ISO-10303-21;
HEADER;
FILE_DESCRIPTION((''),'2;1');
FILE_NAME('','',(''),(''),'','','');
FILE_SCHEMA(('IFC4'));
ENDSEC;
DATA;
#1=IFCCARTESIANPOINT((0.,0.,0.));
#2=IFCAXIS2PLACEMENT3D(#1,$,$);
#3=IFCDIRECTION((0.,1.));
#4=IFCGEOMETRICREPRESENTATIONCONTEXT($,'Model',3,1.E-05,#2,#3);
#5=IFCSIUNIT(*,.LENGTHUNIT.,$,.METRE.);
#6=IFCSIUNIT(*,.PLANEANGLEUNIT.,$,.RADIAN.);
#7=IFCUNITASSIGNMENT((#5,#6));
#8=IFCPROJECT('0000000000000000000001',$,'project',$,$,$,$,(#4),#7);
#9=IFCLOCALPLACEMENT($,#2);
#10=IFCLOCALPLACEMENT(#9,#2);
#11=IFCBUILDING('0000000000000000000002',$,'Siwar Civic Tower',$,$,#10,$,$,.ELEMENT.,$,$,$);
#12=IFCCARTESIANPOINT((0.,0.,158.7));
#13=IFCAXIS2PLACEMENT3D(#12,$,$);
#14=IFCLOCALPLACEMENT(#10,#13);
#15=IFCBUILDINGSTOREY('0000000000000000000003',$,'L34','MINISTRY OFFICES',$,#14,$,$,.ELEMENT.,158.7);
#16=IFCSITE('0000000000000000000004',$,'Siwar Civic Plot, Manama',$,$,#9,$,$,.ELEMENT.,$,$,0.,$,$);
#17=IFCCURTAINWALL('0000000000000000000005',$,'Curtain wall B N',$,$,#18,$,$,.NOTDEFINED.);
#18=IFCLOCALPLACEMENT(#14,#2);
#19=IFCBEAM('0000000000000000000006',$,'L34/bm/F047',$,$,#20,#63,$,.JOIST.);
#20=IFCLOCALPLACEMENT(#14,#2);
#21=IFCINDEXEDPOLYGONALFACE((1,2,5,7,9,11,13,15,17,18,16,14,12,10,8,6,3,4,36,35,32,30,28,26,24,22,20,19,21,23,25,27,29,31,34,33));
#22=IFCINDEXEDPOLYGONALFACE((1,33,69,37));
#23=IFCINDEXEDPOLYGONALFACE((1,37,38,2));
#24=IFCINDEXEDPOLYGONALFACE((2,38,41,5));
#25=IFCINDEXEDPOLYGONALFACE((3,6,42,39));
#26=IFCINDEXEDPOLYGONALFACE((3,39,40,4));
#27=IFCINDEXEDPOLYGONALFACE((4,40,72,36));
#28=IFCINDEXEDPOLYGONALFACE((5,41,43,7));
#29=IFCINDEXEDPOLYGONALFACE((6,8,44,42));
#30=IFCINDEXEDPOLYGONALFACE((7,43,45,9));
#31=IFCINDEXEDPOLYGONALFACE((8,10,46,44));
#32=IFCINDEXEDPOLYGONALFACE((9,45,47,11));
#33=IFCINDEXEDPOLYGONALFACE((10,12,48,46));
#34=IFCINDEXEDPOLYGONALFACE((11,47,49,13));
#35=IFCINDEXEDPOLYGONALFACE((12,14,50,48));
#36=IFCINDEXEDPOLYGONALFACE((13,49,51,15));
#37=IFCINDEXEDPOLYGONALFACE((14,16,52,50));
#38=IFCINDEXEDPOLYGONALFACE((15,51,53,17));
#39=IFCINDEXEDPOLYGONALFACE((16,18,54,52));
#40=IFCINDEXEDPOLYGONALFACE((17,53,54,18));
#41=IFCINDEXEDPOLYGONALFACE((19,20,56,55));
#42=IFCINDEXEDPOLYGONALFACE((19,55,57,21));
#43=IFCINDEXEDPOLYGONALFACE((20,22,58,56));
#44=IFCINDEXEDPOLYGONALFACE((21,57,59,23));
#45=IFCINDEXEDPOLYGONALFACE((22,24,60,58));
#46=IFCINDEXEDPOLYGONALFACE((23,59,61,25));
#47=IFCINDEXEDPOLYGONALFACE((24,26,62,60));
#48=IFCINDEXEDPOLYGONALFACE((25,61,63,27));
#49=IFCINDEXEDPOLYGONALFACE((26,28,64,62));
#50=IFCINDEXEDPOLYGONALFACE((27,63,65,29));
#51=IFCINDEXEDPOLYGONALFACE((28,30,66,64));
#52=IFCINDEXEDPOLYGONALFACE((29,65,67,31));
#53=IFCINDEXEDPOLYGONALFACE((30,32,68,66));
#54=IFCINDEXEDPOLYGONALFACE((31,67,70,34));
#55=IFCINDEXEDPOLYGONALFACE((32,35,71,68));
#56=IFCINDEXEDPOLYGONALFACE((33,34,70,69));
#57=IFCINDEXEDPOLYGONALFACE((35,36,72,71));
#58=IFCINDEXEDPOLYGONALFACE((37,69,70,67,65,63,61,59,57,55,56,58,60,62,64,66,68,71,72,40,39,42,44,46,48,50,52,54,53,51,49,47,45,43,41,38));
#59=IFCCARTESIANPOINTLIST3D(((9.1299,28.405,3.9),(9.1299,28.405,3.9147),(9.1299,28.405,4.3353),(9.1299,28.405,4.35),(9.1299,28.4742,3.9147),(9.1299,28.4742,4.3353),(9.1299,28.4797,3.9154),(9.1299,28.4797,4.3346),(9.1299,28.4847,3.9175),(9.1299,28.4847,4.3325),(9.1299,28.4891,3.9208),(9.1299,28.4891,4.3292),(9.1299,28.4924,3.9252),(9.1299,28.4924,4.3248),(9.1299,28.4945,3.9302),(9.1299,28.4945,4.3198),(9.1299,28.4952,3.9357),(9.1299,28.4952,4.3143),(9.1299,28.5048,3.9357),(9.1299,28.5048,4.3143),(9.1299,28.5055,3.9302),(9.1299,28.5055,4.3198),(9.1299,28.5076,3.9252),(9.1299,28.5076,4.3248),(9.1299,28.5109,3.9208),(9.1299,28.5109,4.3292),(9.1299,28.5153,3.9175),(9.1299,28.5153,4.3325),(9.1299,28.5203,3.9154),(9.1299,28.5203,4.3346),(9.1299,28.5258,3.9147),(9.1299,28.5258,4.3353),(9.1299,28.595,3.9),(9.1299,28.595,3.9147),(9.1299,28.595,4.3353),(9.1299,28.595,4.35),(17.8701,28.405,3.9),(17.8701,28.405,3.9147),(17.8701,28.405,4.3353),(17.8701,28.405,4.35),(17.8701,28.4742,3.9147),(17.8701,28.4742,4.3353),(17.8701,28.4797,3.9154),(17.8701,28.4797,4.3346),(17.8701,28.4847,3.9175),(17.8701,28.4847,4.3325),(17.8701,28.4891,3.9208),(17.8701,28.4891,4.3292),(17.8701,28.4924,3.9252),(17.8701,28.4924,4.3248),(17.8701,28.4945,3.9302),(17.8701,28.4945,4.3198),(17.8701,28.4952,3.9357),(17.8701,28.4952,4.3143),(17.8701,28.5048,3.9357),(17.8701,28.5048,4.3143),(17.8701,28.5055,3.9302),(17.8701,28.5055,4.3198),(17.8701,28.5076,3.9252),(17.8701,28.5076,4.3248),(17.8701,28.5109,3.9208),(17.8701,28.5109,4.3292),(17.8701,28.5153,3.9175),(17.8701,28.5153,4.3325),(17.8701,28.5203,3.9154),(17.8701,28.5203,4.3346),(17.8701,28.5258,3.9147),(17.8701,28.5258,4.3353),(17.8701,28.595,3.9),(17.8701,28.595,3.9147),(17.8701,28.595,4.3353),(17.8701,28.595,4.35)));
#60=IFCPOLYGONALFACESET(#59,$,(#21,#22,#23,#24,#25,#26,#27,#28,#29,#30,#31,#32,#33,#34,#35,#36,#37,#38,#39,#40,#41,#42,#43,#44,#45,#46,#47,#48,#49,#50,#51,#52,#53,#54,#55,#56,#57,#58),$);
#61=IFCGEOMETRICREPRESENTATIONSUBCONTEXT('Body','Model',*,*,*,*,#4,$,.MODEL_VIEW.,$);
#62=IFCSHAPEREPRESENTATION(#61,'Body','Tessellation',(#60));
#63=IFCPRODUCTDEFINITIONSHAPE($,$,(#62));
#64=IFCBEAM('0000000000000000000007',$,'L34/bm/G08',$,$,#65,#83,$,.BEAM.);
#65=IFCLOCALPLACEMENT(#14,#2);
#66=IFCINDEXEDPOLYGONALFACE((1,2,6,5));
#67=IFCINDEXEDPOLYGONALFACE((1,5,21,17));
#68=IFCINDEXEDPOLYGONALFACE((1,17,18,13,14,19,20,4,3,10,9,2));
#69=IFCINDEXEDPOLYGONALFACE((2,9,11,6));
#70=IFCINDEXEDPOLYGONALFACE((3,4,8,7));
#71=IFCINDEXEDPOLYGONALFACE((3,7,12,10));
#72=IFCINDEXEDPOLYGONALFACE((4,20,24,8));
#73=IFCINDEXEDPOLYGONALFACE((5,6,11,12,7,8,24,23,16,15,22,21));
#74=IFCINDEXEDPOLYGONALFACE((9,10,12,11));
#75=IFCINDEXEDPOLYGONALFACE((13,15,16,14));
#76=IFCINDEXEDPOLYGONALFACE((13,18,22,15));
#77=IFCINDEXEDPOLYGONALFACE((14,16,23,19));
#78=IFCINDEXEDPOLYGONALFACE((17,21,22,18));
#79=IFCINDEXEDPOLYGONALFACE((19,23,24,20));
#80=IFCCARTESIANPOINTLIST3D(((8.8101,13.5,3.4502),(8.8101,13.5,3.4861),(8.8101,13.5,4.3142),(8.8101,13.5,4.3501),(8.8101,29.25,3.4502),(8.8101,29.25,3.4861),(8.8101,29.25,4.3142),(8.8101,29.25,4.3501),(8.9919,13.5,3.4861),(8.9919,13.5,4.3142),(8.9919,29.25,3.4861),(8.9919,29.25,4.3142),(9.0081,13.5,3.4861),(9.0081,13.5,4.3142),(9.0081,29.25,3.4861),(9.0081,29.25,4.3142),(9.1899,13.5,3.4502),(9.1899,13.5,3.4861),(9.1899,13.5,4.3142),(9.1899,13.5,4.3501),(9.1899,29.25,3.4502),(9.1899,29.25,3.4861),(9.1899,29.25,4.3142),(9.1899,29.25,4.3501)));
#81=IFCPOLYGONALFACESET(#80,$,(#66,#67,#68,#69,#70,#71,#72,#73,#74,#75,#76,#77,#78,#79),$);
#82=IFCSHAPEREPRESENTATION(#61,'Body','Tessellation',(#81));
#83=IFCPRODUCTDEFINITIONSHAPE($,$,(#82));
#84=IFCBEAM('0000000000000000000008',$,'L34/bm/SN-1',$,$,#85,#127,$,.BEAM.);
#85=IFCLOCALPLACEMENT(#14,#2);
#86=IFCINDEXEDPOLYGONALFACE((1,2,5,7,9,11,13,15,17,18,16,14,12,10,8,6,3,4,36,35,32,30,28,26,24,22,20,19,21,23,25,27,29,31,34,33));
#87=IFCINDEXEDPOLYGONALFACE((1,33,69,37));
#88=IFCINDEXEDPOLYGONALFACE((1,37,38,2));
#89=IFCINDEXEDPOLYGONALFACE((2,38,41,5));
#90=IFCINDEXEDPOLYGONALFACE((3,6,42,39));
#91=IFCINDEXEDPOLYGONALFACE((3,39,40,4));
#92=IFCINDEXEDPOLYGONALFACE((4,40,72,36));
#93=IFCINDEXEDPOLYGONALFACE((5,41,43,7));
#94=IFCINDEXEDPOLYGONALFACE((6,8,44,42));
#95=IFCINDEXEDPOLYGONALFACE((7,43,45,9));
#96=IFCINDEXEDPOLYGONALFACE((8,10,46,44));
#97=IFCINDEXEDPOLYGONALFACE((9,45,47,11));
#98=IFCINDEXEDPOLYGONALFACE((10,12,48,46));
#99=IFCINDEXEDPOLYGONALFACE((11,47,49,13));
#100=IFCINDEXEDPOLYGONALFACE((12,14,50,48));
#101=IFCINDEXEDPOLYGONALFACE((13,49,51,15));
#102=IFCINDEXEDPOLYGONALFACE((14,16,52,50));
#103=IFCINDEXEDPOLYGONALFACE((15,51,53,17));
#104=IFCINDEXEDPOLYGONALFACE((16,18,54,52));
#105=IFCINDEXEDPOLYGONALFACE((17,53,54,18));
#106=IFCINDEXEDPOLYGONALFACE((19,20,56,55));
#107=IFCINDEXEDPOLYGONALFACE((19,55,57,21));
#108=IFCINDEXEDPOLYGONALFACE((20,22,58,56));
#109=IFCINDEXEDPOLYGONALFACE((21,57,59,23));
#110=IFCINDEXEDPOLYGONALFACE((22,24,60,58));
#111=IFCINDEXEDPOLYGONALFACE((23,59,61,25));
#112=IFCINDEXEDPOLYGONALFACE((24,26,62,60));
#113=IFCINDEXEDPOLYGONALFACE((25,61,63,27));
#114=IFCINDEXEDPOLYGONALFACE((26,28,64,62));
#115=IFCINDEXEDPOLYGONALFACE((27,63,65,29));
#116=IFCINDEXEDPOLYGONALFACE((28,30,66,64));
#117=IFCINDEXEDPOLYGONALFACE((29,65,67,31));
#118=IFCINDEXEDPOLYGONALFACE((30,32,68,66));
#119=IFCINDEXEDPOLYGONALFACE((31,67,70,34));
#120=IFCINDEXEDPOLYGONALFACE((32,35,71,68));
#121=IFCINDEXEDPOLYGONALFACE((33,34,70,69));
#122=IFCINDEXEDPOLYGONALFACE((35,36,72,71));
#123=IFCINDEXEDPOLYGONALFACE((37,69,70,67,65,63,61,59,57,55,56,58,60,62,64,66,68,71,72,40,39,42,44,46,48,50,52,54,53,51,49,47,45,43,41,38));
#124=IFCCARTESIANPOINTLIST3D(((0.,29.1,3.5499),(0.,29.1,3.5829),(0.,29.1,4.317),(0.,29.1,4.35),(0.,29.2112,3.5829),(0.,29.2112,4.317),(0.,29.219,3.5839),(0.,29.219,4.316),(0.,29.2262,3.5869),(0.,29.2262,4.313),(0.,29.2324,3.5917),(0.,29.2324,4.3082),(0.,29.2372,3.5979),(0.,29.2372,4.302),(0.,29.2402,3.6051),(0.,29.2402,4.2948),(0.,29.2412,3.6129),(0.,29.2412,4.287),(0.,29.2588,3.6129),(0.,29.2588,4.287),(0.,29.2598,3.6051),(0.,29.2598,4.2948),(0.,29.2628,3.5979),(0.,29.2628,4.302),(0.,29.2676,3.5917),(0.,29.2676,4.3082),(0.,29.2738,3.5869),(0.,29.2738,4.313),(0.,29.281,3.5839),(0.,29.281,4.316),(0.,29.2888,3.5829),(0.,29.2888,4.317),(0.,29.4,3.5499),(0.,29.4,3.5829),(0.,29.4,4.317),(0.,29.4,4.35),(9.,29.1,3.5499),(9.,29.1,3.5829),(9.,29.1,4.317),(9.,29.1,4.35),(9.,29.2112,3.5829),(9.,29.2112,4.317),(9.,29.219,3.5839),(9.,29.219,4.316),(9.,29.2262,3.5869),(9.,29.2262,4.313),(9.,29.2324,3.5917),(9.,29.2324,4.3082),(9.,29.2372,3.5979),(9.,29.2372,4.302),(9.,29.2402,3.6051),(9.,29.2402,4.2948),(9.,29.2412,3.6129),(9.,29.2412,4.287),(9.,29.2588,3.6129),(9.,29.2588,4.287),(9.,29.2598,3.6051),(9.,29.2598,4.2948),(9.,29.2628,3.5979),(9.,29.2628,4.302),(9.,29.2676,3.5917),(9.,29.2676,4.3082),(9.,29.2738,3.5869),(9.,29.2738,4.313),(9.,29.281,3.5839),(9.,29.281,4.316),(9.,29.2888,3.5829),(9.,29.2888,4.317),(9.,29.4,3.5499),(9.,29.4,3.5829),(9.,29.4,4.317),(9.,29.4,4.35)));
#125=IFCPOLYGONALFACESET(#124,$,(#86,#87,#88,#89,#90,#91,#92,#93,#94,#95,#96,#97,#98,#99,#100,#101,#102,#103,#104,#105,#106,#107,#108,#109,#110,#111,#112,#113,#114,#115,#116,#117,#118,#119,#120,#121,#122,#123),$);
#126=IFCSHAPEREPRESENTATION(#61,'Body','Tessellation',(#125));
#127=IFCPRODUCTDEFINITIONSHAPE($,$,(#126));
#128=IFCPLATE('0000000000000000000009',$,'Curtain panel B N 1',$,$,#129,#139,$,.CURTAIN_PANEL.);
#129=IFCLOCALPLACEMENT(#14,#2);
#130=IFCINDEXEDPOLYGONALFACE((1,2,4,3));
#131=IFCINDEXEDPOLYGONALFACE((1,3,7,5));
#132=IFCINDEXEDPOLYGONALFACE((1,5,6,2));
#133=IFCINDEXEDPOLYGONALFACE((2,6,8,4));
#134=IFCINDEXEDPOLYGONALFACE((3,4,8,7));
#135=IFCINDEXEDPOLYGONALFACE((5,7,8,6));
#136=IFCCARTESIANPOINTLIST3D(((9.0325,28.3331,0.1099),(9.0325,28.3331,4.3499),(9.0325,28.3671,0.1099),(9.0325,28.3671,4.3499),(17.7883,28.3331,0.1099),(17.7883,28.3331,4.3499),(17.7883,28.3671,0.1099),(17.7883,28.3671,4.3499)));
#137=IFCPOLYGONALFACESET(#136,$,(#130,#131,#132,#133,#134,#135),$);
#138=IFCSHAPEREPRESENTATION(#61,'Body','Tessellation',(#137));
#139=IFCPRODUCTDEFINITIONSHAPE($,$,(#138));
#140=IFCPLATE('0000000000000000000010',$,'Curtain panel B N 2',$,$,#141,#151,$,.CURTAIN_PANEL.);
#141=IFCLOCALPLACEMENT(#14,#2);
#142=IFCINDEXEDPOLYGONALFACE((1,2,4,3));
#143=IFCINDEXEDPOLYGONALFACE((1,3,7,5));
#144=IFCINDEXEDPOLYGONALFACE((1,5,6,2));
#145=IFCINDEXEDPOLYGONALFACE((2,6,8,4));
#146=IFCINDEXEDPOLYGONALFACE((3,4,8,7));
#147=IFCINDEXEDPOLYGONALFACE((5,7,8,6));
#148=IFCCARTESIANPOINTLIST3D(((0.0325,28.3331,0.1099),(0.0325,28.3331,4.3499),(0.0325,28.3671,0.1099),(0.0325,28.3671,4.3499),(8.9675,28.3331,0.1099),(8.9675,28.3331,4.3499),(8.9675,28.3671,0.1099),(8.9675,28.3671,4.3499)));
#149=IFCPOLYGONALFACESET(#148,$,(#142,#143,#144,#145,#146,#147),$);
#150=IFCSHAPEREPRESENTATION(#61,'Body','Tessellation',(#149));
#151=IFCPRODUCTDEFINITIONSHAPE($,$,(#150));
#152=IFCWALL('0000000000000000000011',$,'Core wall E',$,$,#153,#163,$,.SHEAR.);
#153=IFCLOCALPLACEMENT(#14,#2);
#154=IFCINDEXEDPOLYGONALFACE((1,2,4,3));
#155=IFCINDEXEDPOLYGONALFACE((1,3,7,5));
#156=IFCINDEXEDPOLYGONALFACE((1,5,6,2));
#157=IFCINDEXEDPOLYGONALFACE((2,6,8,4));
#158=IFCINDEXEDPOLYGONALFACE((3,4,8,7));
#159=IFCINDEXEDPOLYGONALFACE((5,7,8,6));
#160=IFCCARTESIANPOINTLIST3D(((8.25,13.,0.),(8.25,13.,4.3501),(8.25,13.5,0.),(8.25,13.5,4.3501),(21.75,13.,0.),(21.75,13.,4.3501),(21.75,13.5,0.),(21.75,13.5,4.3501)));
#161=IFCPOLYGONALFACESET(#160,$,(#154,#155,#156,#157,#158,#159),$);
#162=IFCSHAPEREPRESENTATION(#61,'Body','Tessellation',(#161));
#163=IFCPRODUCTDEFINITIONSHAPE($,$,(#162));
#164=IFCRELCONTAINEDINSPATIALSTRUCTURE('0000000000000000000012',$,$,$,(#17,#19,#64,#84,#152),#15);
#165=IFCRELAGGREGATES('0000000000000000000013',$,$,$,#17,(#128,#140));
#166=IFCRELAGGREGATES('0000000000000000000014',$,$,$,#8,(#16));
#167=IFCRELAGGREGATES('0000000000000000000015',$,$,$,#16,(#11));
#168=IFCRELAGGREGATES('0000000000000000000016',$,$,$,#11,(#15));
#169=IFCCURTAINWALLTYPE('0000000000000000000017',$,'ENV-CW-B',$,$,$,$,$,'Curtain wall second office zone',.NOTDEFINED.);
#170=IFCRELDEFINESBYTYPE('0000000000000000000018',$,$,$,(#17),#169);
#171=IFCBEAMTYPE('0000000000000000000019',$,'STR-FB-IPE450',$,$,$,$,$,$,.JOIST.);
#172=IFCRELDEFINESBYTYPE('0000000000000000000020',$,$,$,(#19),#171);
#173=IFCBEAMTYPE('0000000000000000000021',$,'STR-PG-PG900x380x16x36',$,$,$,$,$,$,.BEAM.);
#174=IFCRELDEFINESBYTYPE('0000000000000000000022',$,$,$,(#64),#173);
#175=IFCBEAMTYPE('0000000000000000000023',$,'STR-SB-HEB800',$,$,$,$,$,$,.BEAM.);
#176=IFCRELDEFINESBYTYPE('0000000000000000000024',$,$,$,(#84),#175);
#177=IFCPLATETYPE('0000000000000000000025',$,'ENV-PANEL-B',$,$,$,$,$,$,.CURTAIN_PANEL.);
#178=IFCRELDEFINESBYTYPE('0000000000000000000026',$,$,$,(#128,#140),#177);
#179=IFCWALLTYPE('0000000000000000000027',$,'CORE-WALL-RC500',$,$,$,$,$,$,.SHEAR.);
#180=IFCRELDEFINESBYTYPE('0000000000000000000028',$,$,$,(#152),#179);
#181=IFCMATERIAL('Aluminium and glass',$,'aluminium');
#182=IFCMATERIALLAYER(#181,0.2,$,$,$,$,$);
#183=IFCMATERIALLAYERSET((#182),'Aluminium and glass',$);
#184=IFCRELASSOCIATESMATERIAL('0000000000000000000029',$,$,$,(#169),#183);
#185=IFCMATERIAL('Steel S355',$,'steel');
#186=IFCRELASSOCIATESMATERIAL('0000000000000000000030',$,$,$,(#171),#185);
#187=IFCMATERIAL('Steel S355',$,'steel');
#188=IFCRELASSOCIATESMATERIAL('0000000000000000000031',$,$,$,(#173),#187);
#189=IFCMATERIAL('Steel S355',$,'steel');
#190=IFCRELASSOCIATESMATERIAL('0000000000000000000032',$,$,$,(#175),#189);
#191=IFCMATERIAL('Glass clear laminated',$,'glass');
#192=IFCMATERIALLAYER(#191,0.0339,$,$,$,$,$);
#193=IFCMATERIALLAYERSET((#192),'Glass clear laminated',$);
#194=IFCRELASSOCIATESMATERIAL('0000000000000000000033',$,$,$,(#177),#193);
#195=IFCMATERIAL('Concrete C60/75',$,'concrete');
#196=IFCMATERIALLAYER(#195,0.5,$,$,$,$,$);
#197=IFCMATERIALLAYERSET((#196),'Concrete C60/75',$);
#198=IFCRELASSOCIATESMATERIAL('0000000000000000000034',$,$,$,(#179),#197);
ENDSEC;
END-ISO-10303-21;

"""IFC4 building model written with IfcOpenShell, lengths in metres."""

from ifc_helpers import new_model, si_unit, direction, frame, frame_2d, origin, origin_2d, place, context, subcontext, project, spatial, rectangle, i_section, extrude, material, layer, layer_set, material_profile, profile_set, type_object, element, aggregate, save


model = new_model("IFC4")

# Units and contexts
model_context = context("Model", 3, precision=1e-05, world=origin(), true_north=direction((0.0, 1.0)))
body_context = subcontext(model_context, "Body", "Model", "MODEL_VIEW")
ifc_project = project(units=[si_unit("LENGTHUNIT", "METRE"), si_unit("PLANEANGLEUNIT", "RADIAN")], contexts=[model_context])

# Site, building, storey
site_placement = place(None, origin())
site = spatial("IfcSite", under=ifc_project, at=site_placement, Name="Siwar Civic Plot, Manama", CompositionType="ELEMENT", RefElevation=0.0)
building_placement = place(site_placement, origin())
building = spatial("IfcBuilding", under=site, at=building_placement, Name="Siwar Civic Tower", CompositionType="ELEMENT")
storey_placement = place(building_placement, frame((0.0, 0.0, 158.7)))
storey = spatial("IfcBuildingStorey", under=building, at=storey_placement, Name="L34", Description="MINISTRY OFFICES", CompositionType="ELEMENT", Elevation=158.7)

# Curtain wall
ifc_material_1 = material(Name="Aluminium and glass", Category="aluminium")
ifc_layer_1 = layer(ifc_material_1, 0.2)
ifc_layer_set_1 = layer_set([ifc_layer_1], Name="Aluminium and glass")
curtain_wall_type = type_object("IfcCurtainWallType", Name="ENV-CW-B", ElementType="Curtain wall second office zone", PredefinedType="NOTDEFINED", material=ifc_layer_set_1)
curtain_wall_placement = place(storey_placement, origin())
curtain_wall = element("IfcCurtainWall", 1, at=curtain_wall_placement, inside=storey, type_object=curtain_wall_type, Name="Curtain wall B N", PredefinedType="NOTDEFINED")

# Beams
ifc_material_2 = material(Name="Steel S355", Category="steel")
ifc_material_profile_1 = material_profile(ifc_material_2, i_section(OverallWidth=0.1899, OverallDepth=0.45, WebThickness=0.0095, FlangeThickness=0.0146, FilletRadius=0.021, at=origin_2d()), Name="IPE450")
ifc_profile_set_1 = profile_set([ifc_material_profile_1], Name="Steel S355")
beam_type_1 = type_object("IfcBeamType", Name="STR-FB-IPE450", PredefinedType="JOIST", material=ifc_profile_set_1)
for number, where, z_axis, x_axis, name in (
    (2, (9.1299, 28.5, 4.125), (1.0, 0.0, 0.0), (0.0, 1.0, 0.0), "L34/bm/F047"),
):
    element("IfcBeam", number, at=place(storey_placement, frame(where, z_axis=z_axis, x_axis=x_axis)), inside=storey, type_object=beam_type_1, Name=name, PredefinedType="JOIST", context=body_context, shape_type="SweptSolid", body=[
        extrude(i_section(OverallWidth=0.1899, OverallDepth=0.45, WebThickness=0.0095, FlangeThickness=0.0146, FilletRadius=0.021, at=origin_2d()), origin(), (0.0, 0.0, 1.0), 8.7402),
    ])
ifc_material_3 = material(Name="Steel S355", Category="steel")
ifc_material_profile_2 = material_profile(ifc_material_3, i_section(OverallWidth=0.3799, OverallDepth=0.8999, WebThickness=0.0161, FlangeThickness=0.0359, at=origin_2d()), Name="PG900x380x16x36")
ifc_profile_set_2 = profile_set([ifc_material_profile_2], Name="Steel S355")
beam_type_2 = type_object("IfcBeamType", Name="STR-PG-PG900x380x16x36", PredefinedType="BEAM", material=ifc_profile_set_2)
beam_1_placement = place(storey_placement, frame((9.0, 13.5, 3.9001), z_axis=(0.0, 1.0, 0.0), x_axis=(-1.0, 0.0, 0.0)))
element("IfcBeam", 3, at=beam_1_placement, inside=storey, type_object=beam_type_2, Name="L34/bm/G08", PredefinedType="BEAM", context=body_context, shape_type="SweptSolid", body=[
    extrude(i_section(OverallWidth=0.3799, OverallDepth=0.8999, WebThickness=0.0161, FlangeThickness=0.0359, at=origin_2d()), origin(), (0.0, 0.0, 1.0), 15.75),
])
ifc_material_4 = material(Name="Steel S355", Category="steel")
ifc_material_profile_3 = material_profile(ifc_material_4, i_section(OverallWidth=0.3, OverallDepth=0.8, WebThickness=0.0176, FlangeThickness=0.033, FilletRadius=0.03, at=origin_2d()), Name="HEB800")
ifc_profile_set_3 = profile_set([ifc_material_profile_3], Name="Steel S355")
beam_type_3 = type_object("IfcBeamType", Name="STR-SB-HEB800", PredefinedType="BEAM", material=ifc_profile_set_3)
beam_2_placement = place(storey_placement, frame((9.0, 29.25, 3.95), z_axis=(-1.0, 0.0, 0.0), x_axis=(0.0, -1.0, 0.0)))
element("IfcBeam", 4, at=beam_2_placement, inside=storey, type_object=beam_type_3, Name="L34/bm/SN-1", PredefinedType="BEAM", context=body_context, shape_type="SweptSolid", body=[
    extrude(i_section(OverallWidth=0.3, OverallDepth=0.8, WebThickness=0.0176, FlangeThickness=0.033, FilletRadius=0.03, at=origin_2d()), origin(), (0.0, 0.0, 1.0), 9.0),
])

# Plates
ifc_material_5 = material(Name="Glass clear laminated", Category="glass")
ifc_layer_2 = layer(ifc_material_5, 0.0339)
ifc_layer_set_2 = layer_set([ifc_layer_2], Name="Glass clear laminated")
plate_type = type_object("IfcPlateType", Name="ENV-PANEL-B", PredefinedType="CURTAIN_PANEL", material=ifc_layer_set_2)
plate_1_placement = place(storey_placement, frame((13.4104, 28.3501, 0.1099), z_axis=(0.0, 0.0, 1.0), x_axis=(-1.0, 0.0, 0.0)))
plate_1 = element("IfcPlate", 5, at=plate_1_placement, type_object=plate_type, Name="Curtain panel B N 1", PredefinedType="CURTAIN_PANEL", context=body_context, shape_type="SweptSolid", body=[
    extrude(rectangle(XDim=8.7559, YDim=0.0339, at=origin_2d()), origin(), (0.0, 0.0, 1.0), 4.24),
])
plate_2_placement = place(storey_placement, frame((4.5, 28.3501, 0.1099), z_axis=(0.0, 0.0, 1.0), x_axis=(-1.0, 0.0, 0.0)))
plate_2 = element("IfcPlate", 6, at=plate_2_placement, type_object=plate_type, Name="Curtain panel B N 2", PredefinedType="CURTAIN_PANEL", context=body_context, shape_type="SweptSolid", body=[
    extrude(rectangle(XDim=8.9351, YDim=0.0339, at=origin_2d()), origin(), (0.0, 0.0, 1.0), 4.24),
])
aggregate(curtain_wall, [plate_1, plate_2])

# Wall
ifc_material_6 = material(Name="Concrete C60/75", Category="concrete")
ifc_layer_3 = layer(ifc_material_6, 0.5)
ifc_layer_set_3 = layer_set([ifc_layer_3], Name="Concrete C60/75")
wall_type_1 = type_object("IfcWallType", Name="CORE-WALL-RC500", PredefinedType="SHEAR", material=ifc_layer_set_3)
wall_1_placement = place(storey_placement, frame((8.25, 13.25, 0.0), z_axis=(0.0, 0.0, 1.0), x_axis=(1.0, 0.0, 0.0)))
element("IfcWall", 7, at=wall_1_placement, inside=storey, type_object=wall_type_1, Name="Core wall E", PredefinedType="SHEAR", context=body_context, shape_type="SweptSolid", body=[
    extrude(rectangle(XDim=13.5, YDim=0.5, at=frame_2d((6.75, 0.0))), origin(), (0.0, 0.0, 1.0), 4.3501),
])

save(model, "model.ifc")
